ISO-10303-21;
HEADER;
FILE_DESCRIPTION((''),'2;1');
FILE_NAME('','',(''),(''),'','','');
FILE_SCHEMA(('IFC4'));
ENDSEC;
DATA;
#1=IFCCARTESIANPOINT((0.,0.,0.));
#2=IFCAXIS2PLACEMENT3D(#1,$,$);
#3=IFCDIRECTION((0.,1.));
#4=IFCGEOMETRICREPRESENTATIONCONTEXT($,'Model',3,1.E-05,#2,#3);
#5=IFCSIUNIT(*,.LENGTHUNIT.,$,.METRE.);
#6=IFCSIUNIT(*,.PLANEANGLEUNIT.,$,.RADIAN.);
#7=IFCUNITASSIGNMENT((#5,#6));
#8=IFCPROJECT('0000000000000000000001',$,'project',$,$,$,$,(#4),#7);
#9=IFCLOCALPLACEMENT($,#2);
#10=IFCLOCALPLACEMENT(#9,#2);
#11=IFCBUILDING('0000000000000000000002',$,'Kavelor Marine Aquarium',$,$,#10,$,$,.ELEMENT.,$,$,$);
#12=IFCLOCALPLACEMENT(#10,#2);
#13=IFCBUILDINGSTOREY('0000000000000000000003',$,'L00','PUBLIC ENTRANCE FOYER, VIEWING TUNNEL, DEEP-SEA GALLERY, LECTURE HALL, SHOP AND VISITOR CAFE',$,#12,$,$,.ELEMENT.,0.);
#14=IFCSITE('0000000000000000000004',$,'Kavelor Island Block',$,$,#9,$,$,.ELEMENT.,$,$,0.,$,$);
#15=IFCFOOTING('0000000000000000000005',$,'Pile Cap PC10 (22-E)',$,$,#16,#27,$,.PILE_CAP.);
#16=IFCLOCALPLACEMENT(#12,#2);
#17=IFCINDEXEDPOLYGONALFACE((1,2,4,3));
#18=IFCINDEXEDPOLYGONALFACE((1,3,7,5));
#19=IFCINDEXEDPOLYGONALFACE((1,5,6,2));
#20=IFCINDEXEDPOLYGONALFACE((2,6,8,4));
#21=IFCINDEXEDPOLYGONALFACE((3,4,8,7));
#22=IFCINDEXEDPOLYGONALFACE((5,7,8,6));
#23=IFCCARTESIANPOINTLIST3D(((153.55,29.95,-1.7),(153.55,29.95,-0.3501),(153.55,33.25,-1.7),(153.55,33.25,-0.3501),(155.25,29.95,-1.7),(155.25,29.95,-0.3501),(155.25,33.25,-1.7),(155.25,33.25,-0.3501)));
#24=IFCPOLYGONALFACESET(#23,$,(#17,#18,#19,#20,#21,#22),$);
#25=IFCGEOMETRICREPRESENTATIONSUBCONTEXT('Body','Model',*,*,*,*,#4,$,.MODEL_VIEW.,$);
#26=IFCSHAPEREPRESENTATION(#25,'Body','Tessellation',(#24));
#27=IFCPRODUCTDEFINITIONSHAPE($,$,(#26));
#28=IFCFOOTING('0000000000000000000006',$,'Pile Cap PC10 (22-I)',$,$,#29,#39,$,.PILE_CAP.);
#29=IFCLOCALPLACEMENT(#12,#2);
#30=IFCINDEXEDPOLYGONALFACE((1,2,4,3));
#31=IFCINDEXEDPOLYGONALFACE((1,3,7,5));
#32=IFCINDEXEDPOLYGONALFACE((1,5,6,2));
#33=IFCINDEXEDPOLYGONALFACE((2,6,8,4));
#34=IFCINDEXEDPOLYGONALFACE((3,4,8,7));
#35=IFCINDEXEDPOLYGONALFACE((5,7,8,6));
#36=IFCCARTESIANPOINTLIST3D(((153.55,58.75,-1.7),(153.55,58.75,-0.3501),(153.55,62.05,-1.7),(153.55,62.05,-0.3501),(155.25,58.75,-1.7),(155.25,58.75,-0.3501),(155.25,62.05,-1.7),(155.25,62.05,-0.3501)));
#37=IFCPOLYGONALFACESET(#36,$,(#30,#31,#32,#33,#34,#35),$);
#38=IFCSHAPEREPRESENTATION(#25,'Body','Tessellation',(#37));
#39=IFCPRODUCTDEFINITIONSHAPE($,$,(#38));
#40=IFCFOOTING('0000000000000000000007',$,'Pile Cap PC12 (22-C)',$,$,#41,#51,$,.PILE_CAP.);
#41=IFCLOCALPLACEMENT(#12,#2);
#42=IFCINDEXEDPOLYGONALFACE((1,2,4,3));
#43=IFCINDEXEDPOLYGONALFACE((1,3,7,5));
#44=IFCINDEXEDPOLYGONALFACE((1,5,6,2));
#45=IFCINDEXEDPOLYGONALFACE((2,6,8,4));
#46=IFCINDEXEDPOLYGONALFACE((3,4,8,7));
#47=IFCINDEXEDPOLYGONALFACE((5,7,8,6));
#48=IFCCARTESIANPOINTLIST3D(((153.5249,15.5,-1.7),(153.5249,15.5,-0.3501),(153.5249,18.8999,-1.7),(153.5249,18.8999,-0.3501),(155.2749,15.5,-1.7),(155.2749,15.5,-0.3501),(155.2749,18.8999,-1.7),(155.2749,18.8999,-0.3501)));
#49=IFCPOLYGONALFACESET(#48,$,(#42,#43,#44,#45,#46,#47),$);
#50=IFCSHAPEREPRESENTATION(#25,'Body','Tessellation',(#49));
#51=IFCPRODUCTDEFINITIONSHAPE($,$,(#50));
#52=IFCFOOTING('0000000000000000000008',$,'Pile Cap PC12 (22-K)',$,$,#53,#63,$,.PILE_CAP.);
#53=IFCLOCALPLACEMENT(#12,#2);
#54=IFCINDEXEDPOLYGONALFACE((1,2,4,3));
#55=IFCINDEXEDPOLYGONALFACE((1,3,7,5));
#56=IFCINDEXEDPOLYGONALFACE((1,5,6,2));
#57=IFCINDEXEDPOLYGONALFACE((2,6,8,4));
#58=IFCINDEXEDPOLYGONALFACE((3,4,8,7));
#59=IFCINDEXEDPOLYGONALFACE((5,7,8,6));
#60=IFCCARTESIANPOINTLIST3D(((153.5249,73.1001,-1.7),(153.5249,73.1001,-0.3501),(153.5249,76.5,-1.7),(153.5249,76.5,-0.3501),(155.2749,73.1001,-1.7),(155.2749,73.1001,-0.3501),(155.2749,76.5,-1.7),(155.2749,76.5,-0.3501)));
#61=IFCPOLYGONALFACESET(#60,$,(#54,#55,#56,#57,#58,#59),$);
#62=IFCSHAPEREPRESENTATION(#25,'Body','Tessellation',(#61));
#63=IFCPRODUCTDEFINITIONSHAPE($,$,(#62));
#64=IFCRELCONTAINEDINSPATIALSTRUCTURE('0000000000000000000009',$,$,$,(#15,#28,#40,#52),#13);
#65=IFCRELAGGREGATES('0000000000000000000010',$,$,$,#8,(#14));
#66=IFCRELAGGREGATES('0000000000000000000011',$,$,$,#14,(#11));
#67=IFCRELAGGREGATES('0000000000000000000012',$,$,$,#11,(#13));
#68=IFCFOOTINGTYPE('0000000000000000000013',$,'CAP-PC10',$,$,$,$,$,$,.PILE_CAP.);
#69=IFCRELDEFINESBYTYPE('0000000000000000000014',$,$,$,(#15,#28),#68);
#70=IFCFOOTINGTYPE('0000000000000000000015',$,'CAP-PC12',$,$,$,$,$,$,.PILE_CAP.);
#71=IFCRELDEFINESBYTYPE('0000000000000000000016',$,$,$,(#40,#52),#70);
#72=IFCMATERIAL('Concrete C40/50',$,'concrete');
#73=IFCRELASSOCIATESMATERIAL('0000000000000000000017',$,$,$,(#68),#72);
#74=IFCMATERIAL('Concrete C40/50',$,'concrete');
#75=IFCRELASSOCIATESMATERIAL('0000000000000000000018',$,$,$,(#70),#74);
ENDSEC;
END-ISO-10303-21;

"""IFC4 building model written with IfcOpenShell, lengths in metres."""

from ifc_helpers import new_model, si_unit, direction, frame, origin, place, context, subcontext, project, spatial, polyline, outline, extrude, material, type_object, element, save


model = new_model("IFC4")

# Units and contexts
model_context = context("Model", 3, precision=1e-05, world=origin(), true_north=direction((0.0, 1.0)))
body_context = subcontext(model_context, "Body", "Model", "MODEL_VIEW")
ifc_project = project(units=[si_unit("LENGTHUNIT", "METRE"), si_unit("PLANEANGLEUNIT", "RADIAN")], contexts=[model_context])

# Site, building, storey
site_placement = place(None, origin())
site = spatial("IfcSite", under=ifc_project, at=site_placement, Name="Kavelor Island Block", CompositionType="ELEMENT", RefElevation=0.0)
building_placement = place(site_placement, origin())
building = spatial("IfcBuilding", under=site, at=building_placement, Name="Kavelor Marine Aquarium", CompositionType="ELEMENT")
storey_placement = place(building_placement, origin())
storey = spatial("IfcBuildingStorey", under=building, at=storey_placement, Name="L00", Description="PUBLIC ENTRANCE FOYER, VIEWING TUNNEL, DEEP-SEA GALLERY, LECTURE HALL, SHOP AND VISITOR CAFE", CompositionType="ELEMENT", Elevation=0.0)

# Footings
ifc_material_1 = material(Name="Concrete C40/50", Category="concrete")
footing_type_1 = type_object("IfcFootingType", Name="CAP-PC10", PredefinedType="PILE_CAP", material=ifc_material_1)
footing_1_placement = place(storey_placement, frame((0.0, 0.0, -1.7)))
element("IfcFooting", 1, at=footing_1_placement, inside=storey, type_object=footing_type_1, Name="Pile Cap PC10 (22-E)", PredefinedType="PILE_CAP", context=body_context, shape_type="SweptSolid", body=[
    extrude(outline(polyline([(153.55, 29.95), (155.25, 29.95), (155.25, 33.25), (153.55, 33.25), (153.55, 29.95)])), origin(), (0.0, 0.0, 1.0), 1.3499),
])
footing_2_placement = place(storey_placement, frame((0.0, 0.0, -1.7)))
element("IfcFooting", 2, at=footing_2_placement, inside=storey, type_object=footing_type_1, Name="Pile Cap PC10 (22-I)", PredefinedType="PILE_CAP", context=body_context, shape_type="SweptSolid", body=[
    extrude(outline(polyline([(153.55, 58.75), (155.25, 58.75), (155.25, 62.05), (153.55, 62.05), (153.55, 58.75)])), origin(), (0.0, 0.0, 1.0), 1.3499),
])
ifc_material_2 = material(Name="Concrete C40/50", Category="concrete")
footing_type_2 = type_object("IfcFootingType", Name="CAP-PC12", PredefinedType="PILE_CAP", material=ifc_material_2)
footing_3_placement = place(storey_placement, frame((0.0, 0.0, -1.7)))
element("IfcFooting", 3, at=footing_3_placement, inside=storey, type_object=footing_type_2, Name="Pile Cap PC12 (22-C)", PredefinedType="PILE_CAP", context=body_context, shape_type="SweptSolid", body=[
    extrude(outline(polyline([(153.5249, 15.5), (155.2749, 15.5), (155.2749, 18.8999), (153.5249, 18.8999), (153.5249, 15.5)])), origin(), (0.0, 0.0, 1.0), 1.3499),
])
footing_4_placement = place(storey_placement, frame((0.0, 0.0, -1.7)))
element("IfcFooting", 4, at=footing_4_placement, inside=storey, type_object=footing_type_2, Name="Pile Cap PC12 (22-K)", PredefinedType="PILE_CAP", context=body_context, shape_type="SweptSolid", body=[
    extrude(outline(polyline([(153.5249, 73.1001), (155.2749, 73.1001), (155.2749, 76.5), (153.5249, 76.5), (153.5249, 73.1001)])), origin(), (0.0, 0.0, 1.0), 1.3499),
])

save(model, "model.ifc")
